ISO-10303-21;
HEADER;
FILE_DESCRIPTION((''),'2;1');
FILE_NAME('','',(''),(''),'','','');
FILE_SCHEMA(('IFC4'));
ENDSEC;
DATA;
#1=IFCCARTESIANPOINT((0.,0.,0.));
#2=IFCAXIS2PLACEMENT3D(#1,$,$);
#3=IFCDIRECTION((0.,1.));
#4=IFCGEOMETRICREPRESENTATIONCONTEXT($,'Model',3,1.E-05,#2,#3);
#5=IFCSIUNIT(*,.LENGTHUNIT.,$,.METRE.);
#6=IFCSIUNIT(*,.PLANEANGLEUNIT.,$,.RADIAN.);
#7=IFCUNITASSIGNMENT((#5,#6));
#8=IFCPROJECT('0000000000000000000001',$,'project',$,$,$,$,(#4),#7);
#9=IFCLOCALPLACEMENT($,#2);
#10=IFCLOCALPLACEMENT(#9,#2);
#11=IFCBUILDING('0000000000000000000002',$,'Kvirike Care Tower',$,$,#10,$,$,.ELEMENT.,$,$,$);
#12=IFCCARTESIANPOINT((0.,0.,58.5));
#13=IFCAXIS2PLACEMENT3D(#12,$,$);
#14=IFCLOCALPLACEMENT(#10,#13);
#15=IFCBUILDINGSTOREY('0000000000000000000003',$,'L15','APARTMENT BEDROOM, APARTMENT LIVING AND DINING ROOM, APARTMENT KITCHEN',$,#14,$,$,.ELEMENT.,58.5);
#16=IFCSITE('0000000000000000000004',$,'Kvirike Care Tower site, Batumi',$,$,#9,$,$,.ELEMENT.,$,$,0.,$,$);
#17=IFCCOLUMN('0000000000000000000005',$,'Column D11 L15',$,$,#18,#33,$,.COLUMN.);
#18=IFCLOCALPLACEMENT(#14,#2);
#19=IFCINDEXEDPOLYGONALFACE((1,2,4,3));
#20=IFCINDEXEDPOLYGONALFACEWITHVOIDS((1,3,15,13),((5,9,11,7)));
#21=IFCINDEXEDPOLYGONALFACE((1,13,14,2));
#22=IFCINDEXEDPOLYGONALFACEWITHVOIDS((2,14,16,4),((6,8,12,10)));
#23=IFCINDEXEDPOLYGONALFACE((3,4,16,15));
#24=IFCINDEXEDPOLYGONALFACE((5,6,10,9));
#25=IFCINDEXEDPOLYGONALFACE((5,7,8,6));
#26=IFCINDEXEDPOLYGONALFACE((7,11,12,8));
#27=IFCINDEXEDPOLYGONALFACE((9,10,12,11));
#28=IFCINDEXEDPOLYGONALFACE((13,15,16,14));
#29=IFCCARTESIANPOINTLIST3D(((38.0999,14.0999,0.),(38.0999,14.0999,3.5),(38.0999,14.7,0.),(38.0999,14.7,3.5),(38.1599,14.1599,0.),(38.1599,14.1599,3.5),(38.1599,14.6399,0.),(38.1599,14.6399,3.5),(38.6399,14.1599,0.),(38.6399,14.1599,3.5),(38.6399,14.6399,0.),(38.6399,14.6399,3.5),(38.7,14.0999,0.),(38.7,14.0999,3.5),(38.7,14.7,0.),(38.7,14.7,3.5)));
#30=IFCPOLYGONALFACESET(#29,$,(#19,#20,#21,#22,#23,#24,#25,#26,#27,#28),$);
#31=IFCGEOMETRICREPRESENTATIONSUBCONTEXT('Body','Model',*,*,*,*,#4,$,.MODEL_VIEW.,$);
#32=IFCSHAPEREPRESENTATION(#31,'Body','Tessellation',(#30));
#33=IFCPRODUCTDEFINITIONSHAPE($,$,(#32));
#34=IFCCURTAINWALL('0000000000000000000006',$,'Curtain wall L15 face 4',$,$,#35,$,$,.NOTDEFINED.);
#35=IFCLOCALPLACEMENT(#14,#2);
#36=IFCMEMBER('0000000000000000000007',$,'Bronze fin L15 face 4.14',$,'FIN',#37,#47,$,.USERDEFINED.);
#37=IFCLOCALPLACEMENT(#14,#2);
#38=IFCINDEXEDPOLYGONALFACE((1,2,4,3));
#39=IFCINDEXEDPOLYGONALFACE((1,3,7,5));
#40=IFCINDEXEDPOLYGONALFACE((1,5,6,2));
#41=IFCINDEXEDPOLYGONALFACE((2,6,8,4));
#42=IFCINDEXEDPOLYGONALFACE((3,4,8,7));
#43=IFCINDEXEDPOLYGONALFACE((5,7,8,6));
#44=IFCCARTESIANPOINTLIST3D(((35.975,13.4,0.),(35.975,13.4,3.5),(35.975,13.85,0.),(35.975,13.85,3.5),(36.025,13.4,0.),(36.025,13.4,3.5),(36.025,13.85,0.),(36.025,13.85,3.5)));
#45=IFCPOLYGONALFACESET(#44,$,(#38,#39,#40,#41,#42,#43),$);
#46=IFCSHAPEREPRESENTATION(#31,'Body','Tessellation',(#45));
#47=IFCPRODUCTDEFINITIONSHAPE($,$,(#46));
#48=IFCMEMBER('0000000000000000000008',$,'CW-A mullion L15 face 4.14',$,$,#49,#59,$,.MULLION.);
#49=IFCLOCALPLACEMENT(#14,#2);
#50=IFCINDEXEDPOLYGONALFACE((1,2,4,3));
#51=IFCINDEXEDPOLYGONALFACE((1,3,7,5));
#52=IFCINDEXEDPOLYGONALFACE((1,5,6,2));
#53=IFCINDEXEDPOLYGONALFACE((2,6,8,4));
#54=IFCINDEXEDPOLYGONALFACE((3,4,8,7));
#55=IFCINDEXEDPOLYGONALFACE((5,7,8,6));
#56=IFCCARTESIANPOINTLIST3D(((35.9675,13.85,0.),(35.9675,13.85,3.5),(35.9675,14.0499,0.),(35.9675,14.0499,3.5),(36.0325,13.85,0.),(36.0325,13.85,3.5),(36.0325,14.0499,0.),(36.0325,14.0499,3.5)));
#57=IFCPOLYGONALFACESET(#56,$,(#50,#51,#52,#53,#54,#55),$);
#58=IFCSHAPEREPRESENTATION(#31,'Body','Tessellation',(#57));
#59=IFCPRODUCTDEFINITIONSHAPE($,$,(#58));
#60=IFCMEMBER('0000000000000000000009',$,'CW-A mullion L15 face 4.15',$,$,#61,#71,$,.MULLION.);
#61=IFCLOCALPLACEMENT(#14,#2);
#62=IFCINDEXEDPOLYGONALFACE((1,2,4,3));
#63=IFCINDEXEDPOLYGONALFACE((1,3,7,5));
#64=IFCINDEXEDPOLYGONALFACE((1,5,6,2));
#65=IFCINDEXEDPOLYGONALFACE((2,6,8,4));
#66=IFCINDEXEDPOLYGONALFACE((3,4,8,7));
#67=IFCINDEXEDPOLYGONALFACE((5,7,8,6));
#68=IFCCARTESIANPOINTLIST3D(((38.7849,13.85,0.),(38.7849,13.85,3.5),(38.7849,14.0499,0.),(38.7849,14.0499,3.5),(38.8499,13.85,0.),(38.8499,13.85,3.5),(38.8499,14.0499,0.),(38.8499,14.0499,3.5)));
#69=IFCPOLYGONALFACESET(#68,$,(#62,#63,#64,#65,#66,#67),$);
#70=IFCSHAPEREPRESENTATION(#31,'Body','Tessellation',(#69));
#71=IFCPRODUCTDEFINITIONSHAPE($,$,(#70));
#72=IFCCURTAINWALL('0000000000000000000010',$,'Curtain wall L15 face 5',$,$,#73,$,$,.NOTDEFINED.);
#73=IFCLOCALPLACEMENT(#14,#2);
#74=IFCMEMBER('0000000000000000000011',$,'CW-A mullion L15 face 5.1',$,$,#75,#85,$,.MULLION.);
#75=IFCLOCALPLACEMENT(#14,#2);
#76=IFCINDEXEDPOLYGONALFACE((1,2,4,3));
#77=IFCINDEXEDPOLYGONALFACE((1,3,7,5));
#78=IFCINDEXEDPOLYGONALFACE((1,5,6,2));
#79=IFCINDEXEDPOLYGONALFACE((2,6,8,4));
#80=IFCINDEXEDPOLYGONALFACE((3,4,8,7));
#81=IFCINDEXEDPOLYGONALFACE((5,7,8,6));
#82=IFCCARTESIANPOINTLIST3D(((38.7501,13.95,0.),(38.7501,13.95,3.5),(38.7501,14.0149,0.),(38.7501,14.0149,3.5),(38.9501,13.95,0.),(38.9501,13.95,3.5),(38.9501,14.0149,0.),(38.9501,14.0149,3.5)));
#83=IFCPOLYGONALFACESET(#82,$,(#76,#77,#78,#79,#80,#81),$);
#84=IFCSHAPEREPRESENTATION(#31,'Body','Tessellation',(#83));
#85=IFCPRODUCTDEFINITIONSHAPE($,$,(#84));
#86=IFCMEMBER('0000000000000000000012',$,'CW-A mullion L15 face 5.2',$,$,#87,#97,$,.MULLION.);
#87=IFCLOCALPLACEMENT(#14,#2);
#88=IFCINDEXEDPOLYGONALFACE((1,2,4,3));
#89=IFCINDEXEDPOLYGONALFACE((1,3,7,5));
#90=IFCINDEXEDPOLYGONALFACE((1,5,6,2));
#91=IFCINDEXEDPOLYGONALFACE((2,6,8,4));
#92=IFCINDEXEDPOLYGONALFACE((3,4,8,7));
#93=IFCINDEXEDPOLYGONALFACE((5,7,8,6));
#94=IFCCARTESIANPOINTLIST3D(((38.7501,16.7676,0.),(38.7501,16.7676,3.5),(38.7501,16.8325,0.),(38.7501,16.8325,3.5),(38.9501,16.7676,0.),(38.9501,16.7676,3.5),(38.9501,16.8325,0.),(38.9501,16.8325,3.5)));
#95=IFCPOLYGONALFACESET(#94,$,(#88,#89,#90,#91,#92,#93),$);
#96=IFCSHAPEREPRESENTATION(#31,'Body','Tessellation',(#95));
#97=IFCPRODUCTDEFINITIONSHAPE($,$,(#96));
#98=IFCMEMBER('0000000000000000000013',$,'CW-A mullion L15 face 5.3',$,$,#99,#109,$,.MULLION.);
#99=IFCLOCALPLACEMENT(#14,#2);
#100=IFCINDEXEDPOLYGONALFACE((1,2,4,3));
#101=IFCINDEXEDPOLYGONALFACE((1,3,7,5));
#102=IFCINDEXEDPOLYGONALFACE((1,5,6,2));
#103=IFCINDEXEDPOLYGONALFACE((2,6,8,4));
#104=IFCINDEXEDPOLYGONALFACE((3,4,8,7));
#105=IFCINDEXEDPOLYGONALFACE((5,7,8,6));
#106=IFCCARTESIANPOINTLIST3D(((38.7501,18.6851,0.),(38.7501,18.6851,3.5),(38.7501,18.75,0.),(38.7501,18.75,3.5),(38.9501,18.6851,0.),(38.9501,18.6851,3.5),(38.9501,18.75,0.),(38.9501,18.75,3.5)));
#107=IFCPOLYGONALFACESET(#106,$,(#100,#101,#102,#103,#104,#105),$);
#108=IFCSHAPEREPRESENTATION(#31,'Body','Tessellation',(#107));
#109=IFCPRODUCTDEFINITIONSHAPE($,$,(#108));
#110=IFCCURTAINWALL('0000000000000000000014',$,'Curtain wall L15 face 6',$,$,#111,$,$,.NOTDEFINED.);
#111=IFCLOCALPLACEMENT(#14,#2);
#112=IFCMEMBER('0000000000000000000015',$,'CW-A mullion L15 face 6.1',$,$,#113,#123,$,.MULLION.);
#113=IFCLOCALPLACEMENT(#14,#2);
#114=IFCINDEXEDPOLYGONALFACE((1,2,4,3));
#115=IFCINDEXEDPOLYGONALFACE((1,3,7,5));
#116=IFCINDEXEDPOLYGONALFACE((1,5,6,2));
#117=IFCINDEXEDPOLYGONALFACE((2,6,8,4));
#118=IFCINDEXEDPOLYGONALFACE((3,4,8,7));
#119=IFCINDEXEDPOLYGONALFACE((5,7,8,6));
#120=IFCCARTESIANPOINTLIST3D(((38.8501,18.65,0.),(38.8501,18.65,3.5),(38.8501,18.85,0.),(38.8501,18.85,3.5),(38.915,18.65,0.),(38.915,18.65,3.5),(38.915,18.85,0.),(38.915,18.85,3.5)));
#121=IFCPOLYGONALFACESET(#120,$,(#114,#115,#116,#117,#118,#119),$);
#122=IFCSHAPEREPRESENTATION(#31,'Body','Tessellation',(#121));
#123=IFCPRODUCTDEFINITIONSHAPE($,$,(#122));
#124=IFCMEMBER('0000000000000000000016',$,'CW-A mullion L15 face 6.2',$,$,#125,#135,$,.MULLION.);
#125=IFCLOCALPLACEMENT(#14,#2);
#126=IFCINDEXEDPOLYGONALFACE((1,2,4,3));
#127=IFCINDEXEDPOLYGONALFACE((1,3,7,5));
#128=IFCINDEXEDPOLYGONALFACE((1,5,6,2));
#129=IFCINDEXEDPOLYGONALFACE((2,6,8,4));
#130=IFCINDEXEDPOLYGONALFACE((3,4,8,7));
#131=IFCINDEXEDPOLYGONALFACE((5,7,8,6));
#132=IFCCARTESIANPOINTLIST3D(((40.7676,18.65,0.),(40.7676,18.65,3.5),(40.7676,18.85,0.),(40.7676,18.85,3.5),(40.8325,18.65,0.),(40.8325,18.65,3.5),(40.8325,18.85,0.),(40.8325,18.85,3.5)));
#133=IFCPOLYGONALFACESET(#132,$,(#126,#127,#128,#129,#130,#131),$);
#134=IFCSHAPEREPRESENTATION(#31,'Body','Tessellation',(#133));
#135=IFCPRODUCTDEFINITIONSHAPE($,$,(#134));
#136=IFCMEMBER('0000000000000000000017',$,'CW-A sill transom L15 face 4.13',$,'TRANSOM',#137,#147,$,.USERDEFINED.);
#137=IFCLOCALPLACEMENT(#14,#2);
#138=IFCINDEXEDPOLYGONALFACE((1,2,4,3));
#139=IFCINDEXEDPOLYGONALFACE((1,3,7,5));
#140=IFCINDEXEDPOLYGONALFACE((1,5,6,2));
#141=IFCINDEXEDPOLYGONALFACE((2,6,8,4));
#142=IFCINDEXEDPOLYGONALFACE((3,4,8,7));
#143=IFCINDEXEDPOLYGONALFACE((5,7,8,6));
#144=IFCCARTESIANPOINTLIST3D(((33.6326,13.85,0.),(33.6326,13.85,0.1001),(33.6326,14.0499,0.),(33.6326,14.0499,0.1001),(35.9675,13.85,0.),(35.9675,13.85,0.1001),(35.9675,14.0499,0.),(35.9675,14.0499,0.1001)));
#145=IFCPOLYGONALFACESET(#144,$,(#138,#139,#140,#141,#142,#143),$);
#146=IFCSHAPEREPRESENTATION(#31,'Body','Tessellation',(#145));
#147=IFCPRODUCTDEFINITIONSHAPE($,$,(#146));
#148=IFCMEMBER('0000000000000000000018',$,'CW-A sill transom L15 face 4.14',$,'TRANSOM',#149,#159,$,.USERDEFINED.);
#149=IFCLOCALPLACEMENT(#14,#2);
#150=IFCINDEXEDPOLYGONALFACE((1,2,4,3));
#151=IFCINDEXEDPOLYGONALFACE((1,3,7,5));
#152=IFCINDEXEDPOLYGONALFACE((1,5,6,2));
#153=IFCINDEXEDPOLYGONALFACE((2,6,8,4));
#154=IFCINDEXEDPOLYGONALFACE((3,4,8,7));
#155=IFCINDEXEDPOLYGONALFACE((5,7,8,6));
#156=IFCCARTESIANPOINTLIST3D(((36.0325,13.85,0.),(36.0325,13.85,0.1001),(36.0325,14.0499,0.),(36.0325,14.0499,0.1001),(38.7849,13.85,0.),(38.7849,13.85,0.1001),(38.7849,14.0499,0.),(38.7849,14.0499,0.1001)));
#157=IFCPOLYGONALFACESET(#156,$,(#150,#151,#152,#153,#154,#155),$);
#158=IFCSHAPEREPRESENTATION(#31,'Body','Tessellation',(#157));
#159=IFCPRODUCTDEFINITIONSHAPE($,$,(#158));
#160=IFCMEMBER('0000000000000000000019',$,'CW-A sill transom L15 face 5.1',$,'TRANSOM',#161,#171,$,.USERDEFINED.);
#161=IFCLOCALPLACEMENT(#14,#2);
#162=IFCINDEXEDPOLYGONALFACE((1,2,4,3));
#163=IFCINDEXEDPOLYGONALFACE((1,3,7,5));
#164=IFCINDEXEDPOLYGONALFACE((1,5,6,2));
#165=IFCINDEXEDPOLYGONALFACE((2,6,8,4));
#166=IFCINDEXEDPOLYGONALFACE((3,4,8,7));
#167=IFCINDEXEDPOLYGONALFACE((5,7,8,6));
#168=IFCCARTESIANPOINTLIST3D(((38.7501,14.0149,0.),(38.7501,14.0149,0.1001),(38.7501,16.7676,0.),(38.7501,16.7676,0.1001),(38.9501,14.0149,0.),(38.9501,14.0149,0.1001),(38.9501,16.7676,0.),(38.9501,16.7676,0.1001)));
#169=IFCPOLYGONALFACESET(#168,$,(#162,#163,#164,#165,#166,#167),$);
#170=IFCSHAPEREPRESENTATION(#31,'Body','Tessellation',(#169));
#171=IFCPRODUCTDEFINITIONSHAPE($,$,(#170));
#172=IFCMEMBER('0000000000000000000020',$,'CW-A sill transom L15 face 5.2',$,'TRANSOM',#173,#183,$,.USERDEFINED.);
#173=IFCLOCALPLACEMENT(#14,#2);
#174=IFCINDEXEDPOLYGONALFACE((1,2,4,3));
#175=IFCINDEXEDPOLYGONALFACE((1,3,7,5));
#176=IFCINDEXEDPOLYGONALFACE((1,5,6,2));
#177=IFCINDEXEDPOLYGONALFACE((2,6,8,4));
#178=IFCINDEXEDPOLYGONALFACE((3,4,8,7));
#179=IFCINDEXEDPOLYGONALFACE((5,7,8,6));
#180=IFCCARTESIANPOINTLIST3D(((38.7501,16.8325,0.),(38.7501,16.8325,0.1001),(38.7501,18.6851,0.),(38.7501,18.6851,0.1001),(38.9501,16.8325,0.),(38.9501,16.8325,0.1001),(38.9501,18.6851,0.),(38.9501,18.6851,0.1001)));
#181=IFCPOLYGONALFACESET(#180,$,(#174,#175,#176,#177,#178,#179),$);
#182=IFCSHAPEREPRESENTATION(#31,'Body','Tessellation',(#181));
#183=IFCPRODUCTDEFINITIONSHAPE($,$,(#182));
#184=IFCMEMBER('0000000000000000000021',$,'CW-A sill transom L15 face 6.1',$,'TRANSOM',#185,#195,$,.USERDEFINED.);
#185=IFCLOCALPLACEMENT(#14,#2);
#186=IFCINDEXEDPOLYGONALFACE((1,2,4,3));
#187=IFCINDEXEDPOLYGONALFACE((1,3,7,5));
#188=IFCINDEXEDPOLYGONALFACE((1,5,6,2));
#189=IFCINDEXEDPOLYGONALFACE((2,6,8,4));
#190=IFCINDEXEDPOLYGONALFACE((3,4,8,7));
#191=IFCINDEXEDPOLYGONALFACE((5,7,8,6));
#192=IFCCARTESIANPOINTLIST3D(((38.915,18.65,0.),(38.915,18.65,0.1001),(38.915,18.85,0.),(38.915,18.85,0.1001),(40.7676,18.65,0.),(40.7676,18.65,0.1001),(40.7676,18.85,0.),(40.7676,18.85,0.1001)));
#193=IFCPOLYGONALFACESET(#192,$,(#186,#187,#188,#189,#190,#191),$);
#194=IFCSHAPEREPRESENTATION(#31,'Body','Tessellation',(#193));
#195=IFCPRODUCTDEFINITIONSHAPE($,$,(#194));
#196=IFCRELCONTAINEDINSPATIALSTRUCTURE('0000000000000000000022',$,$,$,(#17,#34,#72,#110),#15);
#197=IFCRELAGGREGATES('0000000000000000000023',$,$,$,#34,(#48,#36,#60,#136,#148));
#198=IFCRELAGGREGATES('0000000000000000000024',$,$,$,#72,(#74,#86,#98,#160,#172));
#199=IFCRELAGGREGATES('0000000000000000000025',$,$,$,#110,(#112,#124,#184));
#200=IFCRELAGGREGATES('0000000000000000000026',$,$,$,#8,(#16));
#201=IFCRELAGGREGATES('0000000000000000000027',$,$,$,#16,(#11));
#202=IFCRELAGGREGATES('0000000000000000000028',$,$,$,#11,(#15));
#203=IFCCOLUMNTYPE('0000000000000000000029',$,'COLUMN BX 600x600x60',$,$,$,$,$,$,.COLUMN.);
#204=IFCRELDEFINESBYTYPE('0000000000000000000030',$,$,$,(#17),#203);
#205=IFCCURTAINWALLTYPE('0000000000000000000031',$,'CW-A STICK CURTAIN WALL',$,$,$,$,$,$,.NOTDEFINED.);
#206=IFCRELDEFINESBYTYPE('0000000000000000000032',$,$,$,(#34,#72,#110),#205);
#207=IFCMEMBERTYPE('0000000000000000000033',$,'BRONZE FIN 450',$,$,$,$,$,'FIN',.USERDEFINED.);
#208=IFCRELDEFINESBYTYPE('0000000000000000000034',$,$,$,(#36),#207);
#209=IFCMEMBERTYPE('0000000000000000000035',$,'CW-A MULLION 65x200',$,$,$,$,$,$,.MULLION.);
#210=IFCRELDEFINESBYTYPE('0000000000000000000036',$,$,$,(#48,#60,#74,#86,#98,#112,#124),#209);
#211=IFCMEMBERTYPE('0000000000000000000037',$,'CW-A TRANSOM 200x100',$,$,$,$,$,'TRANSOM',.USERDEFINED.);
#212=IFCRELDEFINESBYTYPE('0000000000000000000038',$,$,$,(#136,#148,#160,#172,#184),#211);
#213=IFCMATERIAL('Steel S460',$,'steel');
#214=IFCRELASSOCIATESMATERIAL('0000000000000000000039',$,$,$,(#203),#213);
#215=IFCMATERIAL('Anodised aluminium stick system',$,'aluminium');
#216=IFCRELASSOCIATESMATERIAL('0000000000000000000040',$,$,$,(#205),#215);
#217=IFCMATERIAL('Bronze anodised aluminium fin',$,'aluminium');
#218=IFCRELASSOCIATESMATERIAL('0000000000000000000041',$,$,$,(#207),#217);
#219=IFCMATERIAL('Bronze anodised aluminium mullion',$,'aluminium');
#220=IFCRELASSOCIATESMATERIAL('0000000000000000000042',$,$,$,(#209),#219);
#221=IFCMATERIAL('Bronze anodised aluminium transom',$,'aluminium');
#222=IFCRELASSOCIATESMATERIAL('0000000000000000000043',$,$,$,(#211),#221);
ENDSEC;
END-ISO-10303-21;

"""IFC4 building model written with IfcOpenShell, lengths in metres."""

from ifc_helpers import new_model, si_unit, direction, frame, origin, origin_2d, place, context, subcontext, project, spatial, rectangle, hollow_rectangle, extrude, material, material_profile, profile_set, type_object, element, aggregate, save


model = new_model("IFC4")

# Units and contexts
model_context = context("Model", 3, precision=1e-05, world=origin(), true_north=direction((0.0, 1.0)))
body_context = subcontext(model_context, "Body", "Model", "MODEL_VIEW")
ifc_project = project(units=[si_unit("LENGTHUNIT", "METRE"), si_unit("PLANEANGLEUNIT", "RADIAN")], contexts=[model_context])

# Site, building, storey
site_placement = place(None, origin())
site = spatial("IfcSite", under=ifc_project, at=site_placement, Name="Kvirike Care Tower site, Batumi", CompositionType="ELEMENT", RefElevation=0.0)
building_placement = place(site_placement, origin())
building = spatial("IfcBuilding", under=site, at=building_placement, Name="Kvirike Care Tower", CompositionType="ELEMENT")
storey_placement = place(building_placement, frame((0.0, 0.0, 58.5)))
storey = spatial("IfcBuildingStorey", under=building, at=storey_placement, Name="L15", Description="APARTMENT BEDROOM, APARTMENT LIVING AND DINING ROOM, APARTMENT KITCHEN", CompositionType="ELEMENT", Elevation=58.5)

# Column
ifc_material_1 = material(Name="Steel S460", Category="steel")
ifc_material_profile_1 = material_profile(ifc_material_1, hollow_rectangle(XDim=0.6001, YDim=0.6001, WallThickness=0.0601, at=origin_2d()), Name="BX 600x600x60")
ifc_profile_set_1 = profile_set([ifc_material_profile_1], Name="Steel S460")
column_type = type_object("IfcColumnType", Name="COLUMN BX 600x600x60", PredefinedType="COLUMN", material=ifc_profile_set_1)
column_placement = place(storey_placement, frame((38.3999, 14.3999, 0.0), z_axis=(0.0, 0.0, 1.0), x_axis=(0.0, 1.0, 0.0)))
element("IfcColumn", 1, at=column_placement, inside=storey, type_object=column_type, Name="Column D11 L15", PredefinedType="COLUMN", context=body_context, shape_type="SweptSolid", body=[
    extrude(hollow_rectangle(XDim=0.6001, YDim=0.6001, WallThickness=0.0601, at=origin_2d()), origin(), (0.0, 0.0, 1.0), 3.5),
])

# Curtain walls, members
ifc_material_2 = material(Name="Anodised aluminium stick system", Category="aluminium")
curtain_wall_type = type_object("IfcCurtainWallType", Name="CW-A STICK CURTAIN WALL", PredefinedType="NOTDEFINED", material=ifc_material_2)
curtain_wall_1_placement = place(storey_placement, origin())
curtain_wall_1 = element("IfcCurtainWall", 2, at=curtain_wall_1_placement, inside=storey, type_object=curtain_wall_type, Name="Curtain wall L15 face 4", PredefinedType="NOTDEFINED")
ifc_material_3 = material(Name="Bronze anodised aluminium fin", Category="aluminium")
ifc_material_profile_2 = material_profile(ifc_material_3, rectangle(XDim=0.05, YDim=0.45, at=origin_2d()), Name="BRONZE FIN 450")
ifc_profile_set_2 = profile_set([ifc_material_profile_2], Name="Bronze anodised aluminium fin")
member_type_1 = type_object("IfcMemberType", Name="BRONZE FIN 450", ElementType="FIN", PredefinedType="USERDEFINED", material=ifc_profile_set_2)
member_1_placement = place(storey_placement, frame((36.0, 13.625, 0.0), z_axis=(0.0, 0.0, 1.0), x_axis=(1.0, 0.0, 0.0)))
member_1 = element("IfcMember", 3, at=member_1_placement, type_object=member_type_1, Name="Bronze fin L15 face 4.14", ObjectType="FIN", PredefinedType="USERDEFINED", context=body_context, shape_type="SweptSolid", body=[
    extrude(rectangle(XDim=0.05, YDim=0.45, at=origin_2d()), origin(), (0.0, 0.0, 1.0), 3.5),
])
ifc_material_4 = material(Name="Bronze anodised aluminium mullion", Category="aluminium")
ifc_material_profile_3 = material_profile(ifc_material_4, rectangle(XDim=0.0649, YDim=0.2, at=origin_2d()), Name="CW-A MULLION 65x200")
ifc_profile_set_3 = profile_set([ifc_material_profile_3], Name="Bronze anodised aluminium mullion")
member_type_2 = type_object("IfcMemberType", Name="CW-A MULLION 65x200", PredefinedType="MULLION", material=ifc_profile_set_3)
member_2_placement = place(storey_placement, frame((36.0, 13.95, 0.0), z_axis=(0.0, 0.0, 1.0), x_axis=(1.0, 0.0, 0.0)))
member_2 = element("IfcMember", 4, at=member_2_placement, type_object=member_type_2, Name="CW-A mullion L15 face 4.14", PredefinedType="MULLION", context=body_context, shape_type="SweptSolid", body=[
    extrude(rectangle(XDim=0.0649, YDim=0.2, at=origin_2d()), origin(), (0.0, 0.0, 1.0), 3.5),
])
member_3_placement = place(storey_placement, frame((38.8174, 13.95, 0.0), z_axis=(0.0, 0.0, 1.0), x_axis=(1.0, 0.0, 0.0)))
member_3 = element("IfcMember", 5, at=member_3_placement, type_object=member_type_2, Name="CW-A mullion L15 face 4.15", PredefinedType="MULLION", context=body_context, shape_type="SweptSolid", body=[
    extrude(rectangle(XDim=0.0649, YDim=0.2, at=origin_2d()), origin(), (0.0, 0.0, 1.0), 3.5),
])
curtain_wall_2_placement = place(storey_placement, origin())
curtain_wall_2 = element("IfcCurtainWall", 6, at=curtain_wall_2_placement, inside=storey, type_object=curtain_wall_type, Name="Curtain wall L15 face 5", PredefinedType="NOTDEFINED")
member_4_placement = place(storey_placement, frame((38.8501, 13.9824, 0.0), z_axis=(0.0, 0.0, 1.0), x_axis=(0.0, 1.0, 0.0)))
member_4 = element("IfcMember", 7, at=member_4_placement, type_object=member_type_2, Name="CW-A mullion L15 face 5.1", PredefinedType="MULLION", context=body_context, shape_type="SweptSolid", body=[
    extrude(rectangle(XDim=0.0649, YDim=0.2, at=origin_2d()), origin(), (0.0, 0.0, 1.0), 3.5),
])
member_5_placement = place(storey_placement, frame((38.8501, 16.8, 0.0), z_axis=(0.0, 0.0, 1.0), x_axis=(0.0, 1.0, 0.0)))
member_5 = element("IfcMember", 8, at=member_5_placement, type_object=member_type_2, Name="CW-A mullion L15 face 5.2", PredefinedType="MULLION", context=body_context, shape_type="SweptSolid", body=[
    extrude(rectangle(XDim=0.0649, YDim=0.2, at=origin_2d()), origin(), (0.0, 0.0, 1.0), 3.5),
])
member_6_placement = place(storey_placement, frame((38.8501, 18.7175, 0.0), z_axis=(0.0, 0.0, 1.0), x_axis=(0.0, 1.0, 0.0)))
member_6 = element("IfcMember", 9, at=member_6_placement, type_object=member_type_2, Name="CW-A mullion L15 face 5.3", PredefinedType="MULLION", context=body_context, shape_type="SweptSolid", body=[
    extrude(rectangle(XDim=0.0649, YDim=0.2, at=origin_2d()), origin(), (0.0, 0.0, 1.0), 3.5),
])
curtain_wall_3_placement = place(storey_placement, origin())
curtain_wall_3 = element("IfcCurtainWall", 10, at=curtain_wall_3_placement, inside=storey, type_object=curtain_wall_type, Name="Curtain wall L15 face 6", PredefinedType="NOTDEFINED")
member_7_placement = place(storey_placement, frame((38.8826, 18.75, 0.0), z_axis=(0.0, 0.0, 1.0), x_axis=(1.0, 0.0, 0.0)))
member_7 = element("IfcMember", 11, at=member_7_placement, type_object=member_type_2, Name="CW-A mullion L15 face 6.1", PredefinedType="MULLION", context=body_context, shape_type="SweptSolid", body=[
    extrude(rectangle(XDim=0.0649, YDim=0.2, at=origin_2d()), origin(), (0.0, 0.0, 1.0), 3.5),
])
member_8_placement = place(storey_placement, frame((40.8, 18.75, 0.0), z_axis=(0.0, 0.0, 1.0), x_axis=(1.0, 0.0, 0.0)))
member_8 = element("IfcMember", 12, at=member_8_placement, type_object=member_type_2, Name="CW-A mullion L15 face 6.2", PredefinedType="MULLION", context=body_context, shape_type="SweptSolid", body=[
    extrude(rectangle(XDim=0.0649, YDim=0.2, at=origin_2d()), origin(), (0.0, 0.0, 1.0), 3.5),
])

# Members
ifc_material_5 = material(Name="Bronze anodised aluminium transom", Category="aluminium")
ifc_material_profile_4 = material_profile(ifc_material_5, rectangle(XDim=0.2, YDim=0.1001, at=origin_2d()), Name="CW-A TRANSOM 200x100")
ifc_profile_set_4 = profile_set([ifc_material_profile_4], Name="Bronze anodised aluminium transom")
member_type_3 = type_object("IfcMemberType", Name="CW-A TRANSOM 200x100", ElementType="TRANSOM", PredefinedType="USERDEFINED", material=ifc_profile_set_4)
member_9_placement = place(storey_placement, frame((33.6326, 13.95, 0.05), z_axis=(1.0, 0.0, 0.0), x_axis=(0.0, 1.0, 0.0)))
member_9 = element("IfcMember", 13, at=member_9_placement, type_object=member_type_3, Name="CW-A sill transom L15 face 4.13", ObjectType="TRANSOM", PredefinedType="USERDEFINED", context=body_context, shape_type="SweptSolid", body=[
    extrude(rectangle(XDim=0.2, YDim=0.1001, at=origin_2d()), origin(), (0.0, 0.0, 1.0), 2.335),
])
member_10_placement = place(storey_placement, frame((36.0325, 13.95, 0.05), z_axis=(1.0, 0.0, 0.0), x_axis=(0.0, 1.0, 0.0)))
member_10 = element("IfcMember", 14, at=member_10_placement, type_object=member_type_3, Name="CW-A sill transom L15 face 4.14", ObjectType="TRANSOM", PredefinedType="USERDEFINED", context=body_context, shape_type="SweptSolid", body=[
    extrude(rectangle(XDim=0.2, YDim=0.1001, at=origin_2d()), origin(), (0.0, 0.0, 1.0), 2.7524),
])
member_11_placement = place(storey_placement, frame((38.8501, 14.0149, 0.05), z_axis=(0.0, 1.0, 0.0), x_axis=(-1.0, 0.0, 0.0)))
member_11 = element("IfcMember", 15, at=member_11_placement, type_object=member_type_3, Name="CW-A sill transom L15 face 5.1", ObjectType="TRANSOM", PredefinedType="USERDEFINED", context=body_context, shape_type="SweptSolid", body=[
    extrude(rectangle(XDim=0.2, YDim=0.1001, at=origin_2d()), origin(), (0.0, 0.0, 1.0), 2.7527),
])
member_12_placement = place(storey_placement, frame((38.8501, 16.8325, 0.05), z_axis=(0.0, 1.0, 0.0), x_axis=(-1.0, 0.0, 0.0)))
member_12 = element("IfcMember", 16, at=member_12_placement, type_object=member_type_3, Name="CW-A sill transom L15 face 5.2", ObjectType="TRANSOM", PredefinedType="USERDEFINED", context=body_context, shape_type="SweptSolid", body=[
    extrude(rectangle(XDim=0.2, YDim=0.1001, at=origin_2d()), origin(), (0.0, 0.0, 1.0), 1.8525),
])
member_13_placement = place(storey_placement, frame((38.915, 18.75, 0.05), z_axis=(1.0, 0.0, 0.0), x_axis=(0.0, 1.0, 0.0)))
member_13 = element("IfcMember", 17, at=member_13_placement, type_object=member_type_3, Name="CW-A sill transom L15 face 6.1", ObjectType="TRANSOM", PredefinedType="USERDEFINED", context=body_context, shape_type="SweptSolid", body=[
    extrude(rectangle(XDim=0.2, YDim=0.1001, at=origin_2d()), origin(), (0.0, 0.0, 1.0), 1.8525),
])

aggregate(curtain_wall_1, [member_2, member_1, member_3, member_9, member_10])
aggregate(curtain_wall_2, [member_4, member_5, member_6, member_11, member_12])
aggregate(curtain_wall_3, [member_7, member_8, member_13])

save(model, "model.ifc")
